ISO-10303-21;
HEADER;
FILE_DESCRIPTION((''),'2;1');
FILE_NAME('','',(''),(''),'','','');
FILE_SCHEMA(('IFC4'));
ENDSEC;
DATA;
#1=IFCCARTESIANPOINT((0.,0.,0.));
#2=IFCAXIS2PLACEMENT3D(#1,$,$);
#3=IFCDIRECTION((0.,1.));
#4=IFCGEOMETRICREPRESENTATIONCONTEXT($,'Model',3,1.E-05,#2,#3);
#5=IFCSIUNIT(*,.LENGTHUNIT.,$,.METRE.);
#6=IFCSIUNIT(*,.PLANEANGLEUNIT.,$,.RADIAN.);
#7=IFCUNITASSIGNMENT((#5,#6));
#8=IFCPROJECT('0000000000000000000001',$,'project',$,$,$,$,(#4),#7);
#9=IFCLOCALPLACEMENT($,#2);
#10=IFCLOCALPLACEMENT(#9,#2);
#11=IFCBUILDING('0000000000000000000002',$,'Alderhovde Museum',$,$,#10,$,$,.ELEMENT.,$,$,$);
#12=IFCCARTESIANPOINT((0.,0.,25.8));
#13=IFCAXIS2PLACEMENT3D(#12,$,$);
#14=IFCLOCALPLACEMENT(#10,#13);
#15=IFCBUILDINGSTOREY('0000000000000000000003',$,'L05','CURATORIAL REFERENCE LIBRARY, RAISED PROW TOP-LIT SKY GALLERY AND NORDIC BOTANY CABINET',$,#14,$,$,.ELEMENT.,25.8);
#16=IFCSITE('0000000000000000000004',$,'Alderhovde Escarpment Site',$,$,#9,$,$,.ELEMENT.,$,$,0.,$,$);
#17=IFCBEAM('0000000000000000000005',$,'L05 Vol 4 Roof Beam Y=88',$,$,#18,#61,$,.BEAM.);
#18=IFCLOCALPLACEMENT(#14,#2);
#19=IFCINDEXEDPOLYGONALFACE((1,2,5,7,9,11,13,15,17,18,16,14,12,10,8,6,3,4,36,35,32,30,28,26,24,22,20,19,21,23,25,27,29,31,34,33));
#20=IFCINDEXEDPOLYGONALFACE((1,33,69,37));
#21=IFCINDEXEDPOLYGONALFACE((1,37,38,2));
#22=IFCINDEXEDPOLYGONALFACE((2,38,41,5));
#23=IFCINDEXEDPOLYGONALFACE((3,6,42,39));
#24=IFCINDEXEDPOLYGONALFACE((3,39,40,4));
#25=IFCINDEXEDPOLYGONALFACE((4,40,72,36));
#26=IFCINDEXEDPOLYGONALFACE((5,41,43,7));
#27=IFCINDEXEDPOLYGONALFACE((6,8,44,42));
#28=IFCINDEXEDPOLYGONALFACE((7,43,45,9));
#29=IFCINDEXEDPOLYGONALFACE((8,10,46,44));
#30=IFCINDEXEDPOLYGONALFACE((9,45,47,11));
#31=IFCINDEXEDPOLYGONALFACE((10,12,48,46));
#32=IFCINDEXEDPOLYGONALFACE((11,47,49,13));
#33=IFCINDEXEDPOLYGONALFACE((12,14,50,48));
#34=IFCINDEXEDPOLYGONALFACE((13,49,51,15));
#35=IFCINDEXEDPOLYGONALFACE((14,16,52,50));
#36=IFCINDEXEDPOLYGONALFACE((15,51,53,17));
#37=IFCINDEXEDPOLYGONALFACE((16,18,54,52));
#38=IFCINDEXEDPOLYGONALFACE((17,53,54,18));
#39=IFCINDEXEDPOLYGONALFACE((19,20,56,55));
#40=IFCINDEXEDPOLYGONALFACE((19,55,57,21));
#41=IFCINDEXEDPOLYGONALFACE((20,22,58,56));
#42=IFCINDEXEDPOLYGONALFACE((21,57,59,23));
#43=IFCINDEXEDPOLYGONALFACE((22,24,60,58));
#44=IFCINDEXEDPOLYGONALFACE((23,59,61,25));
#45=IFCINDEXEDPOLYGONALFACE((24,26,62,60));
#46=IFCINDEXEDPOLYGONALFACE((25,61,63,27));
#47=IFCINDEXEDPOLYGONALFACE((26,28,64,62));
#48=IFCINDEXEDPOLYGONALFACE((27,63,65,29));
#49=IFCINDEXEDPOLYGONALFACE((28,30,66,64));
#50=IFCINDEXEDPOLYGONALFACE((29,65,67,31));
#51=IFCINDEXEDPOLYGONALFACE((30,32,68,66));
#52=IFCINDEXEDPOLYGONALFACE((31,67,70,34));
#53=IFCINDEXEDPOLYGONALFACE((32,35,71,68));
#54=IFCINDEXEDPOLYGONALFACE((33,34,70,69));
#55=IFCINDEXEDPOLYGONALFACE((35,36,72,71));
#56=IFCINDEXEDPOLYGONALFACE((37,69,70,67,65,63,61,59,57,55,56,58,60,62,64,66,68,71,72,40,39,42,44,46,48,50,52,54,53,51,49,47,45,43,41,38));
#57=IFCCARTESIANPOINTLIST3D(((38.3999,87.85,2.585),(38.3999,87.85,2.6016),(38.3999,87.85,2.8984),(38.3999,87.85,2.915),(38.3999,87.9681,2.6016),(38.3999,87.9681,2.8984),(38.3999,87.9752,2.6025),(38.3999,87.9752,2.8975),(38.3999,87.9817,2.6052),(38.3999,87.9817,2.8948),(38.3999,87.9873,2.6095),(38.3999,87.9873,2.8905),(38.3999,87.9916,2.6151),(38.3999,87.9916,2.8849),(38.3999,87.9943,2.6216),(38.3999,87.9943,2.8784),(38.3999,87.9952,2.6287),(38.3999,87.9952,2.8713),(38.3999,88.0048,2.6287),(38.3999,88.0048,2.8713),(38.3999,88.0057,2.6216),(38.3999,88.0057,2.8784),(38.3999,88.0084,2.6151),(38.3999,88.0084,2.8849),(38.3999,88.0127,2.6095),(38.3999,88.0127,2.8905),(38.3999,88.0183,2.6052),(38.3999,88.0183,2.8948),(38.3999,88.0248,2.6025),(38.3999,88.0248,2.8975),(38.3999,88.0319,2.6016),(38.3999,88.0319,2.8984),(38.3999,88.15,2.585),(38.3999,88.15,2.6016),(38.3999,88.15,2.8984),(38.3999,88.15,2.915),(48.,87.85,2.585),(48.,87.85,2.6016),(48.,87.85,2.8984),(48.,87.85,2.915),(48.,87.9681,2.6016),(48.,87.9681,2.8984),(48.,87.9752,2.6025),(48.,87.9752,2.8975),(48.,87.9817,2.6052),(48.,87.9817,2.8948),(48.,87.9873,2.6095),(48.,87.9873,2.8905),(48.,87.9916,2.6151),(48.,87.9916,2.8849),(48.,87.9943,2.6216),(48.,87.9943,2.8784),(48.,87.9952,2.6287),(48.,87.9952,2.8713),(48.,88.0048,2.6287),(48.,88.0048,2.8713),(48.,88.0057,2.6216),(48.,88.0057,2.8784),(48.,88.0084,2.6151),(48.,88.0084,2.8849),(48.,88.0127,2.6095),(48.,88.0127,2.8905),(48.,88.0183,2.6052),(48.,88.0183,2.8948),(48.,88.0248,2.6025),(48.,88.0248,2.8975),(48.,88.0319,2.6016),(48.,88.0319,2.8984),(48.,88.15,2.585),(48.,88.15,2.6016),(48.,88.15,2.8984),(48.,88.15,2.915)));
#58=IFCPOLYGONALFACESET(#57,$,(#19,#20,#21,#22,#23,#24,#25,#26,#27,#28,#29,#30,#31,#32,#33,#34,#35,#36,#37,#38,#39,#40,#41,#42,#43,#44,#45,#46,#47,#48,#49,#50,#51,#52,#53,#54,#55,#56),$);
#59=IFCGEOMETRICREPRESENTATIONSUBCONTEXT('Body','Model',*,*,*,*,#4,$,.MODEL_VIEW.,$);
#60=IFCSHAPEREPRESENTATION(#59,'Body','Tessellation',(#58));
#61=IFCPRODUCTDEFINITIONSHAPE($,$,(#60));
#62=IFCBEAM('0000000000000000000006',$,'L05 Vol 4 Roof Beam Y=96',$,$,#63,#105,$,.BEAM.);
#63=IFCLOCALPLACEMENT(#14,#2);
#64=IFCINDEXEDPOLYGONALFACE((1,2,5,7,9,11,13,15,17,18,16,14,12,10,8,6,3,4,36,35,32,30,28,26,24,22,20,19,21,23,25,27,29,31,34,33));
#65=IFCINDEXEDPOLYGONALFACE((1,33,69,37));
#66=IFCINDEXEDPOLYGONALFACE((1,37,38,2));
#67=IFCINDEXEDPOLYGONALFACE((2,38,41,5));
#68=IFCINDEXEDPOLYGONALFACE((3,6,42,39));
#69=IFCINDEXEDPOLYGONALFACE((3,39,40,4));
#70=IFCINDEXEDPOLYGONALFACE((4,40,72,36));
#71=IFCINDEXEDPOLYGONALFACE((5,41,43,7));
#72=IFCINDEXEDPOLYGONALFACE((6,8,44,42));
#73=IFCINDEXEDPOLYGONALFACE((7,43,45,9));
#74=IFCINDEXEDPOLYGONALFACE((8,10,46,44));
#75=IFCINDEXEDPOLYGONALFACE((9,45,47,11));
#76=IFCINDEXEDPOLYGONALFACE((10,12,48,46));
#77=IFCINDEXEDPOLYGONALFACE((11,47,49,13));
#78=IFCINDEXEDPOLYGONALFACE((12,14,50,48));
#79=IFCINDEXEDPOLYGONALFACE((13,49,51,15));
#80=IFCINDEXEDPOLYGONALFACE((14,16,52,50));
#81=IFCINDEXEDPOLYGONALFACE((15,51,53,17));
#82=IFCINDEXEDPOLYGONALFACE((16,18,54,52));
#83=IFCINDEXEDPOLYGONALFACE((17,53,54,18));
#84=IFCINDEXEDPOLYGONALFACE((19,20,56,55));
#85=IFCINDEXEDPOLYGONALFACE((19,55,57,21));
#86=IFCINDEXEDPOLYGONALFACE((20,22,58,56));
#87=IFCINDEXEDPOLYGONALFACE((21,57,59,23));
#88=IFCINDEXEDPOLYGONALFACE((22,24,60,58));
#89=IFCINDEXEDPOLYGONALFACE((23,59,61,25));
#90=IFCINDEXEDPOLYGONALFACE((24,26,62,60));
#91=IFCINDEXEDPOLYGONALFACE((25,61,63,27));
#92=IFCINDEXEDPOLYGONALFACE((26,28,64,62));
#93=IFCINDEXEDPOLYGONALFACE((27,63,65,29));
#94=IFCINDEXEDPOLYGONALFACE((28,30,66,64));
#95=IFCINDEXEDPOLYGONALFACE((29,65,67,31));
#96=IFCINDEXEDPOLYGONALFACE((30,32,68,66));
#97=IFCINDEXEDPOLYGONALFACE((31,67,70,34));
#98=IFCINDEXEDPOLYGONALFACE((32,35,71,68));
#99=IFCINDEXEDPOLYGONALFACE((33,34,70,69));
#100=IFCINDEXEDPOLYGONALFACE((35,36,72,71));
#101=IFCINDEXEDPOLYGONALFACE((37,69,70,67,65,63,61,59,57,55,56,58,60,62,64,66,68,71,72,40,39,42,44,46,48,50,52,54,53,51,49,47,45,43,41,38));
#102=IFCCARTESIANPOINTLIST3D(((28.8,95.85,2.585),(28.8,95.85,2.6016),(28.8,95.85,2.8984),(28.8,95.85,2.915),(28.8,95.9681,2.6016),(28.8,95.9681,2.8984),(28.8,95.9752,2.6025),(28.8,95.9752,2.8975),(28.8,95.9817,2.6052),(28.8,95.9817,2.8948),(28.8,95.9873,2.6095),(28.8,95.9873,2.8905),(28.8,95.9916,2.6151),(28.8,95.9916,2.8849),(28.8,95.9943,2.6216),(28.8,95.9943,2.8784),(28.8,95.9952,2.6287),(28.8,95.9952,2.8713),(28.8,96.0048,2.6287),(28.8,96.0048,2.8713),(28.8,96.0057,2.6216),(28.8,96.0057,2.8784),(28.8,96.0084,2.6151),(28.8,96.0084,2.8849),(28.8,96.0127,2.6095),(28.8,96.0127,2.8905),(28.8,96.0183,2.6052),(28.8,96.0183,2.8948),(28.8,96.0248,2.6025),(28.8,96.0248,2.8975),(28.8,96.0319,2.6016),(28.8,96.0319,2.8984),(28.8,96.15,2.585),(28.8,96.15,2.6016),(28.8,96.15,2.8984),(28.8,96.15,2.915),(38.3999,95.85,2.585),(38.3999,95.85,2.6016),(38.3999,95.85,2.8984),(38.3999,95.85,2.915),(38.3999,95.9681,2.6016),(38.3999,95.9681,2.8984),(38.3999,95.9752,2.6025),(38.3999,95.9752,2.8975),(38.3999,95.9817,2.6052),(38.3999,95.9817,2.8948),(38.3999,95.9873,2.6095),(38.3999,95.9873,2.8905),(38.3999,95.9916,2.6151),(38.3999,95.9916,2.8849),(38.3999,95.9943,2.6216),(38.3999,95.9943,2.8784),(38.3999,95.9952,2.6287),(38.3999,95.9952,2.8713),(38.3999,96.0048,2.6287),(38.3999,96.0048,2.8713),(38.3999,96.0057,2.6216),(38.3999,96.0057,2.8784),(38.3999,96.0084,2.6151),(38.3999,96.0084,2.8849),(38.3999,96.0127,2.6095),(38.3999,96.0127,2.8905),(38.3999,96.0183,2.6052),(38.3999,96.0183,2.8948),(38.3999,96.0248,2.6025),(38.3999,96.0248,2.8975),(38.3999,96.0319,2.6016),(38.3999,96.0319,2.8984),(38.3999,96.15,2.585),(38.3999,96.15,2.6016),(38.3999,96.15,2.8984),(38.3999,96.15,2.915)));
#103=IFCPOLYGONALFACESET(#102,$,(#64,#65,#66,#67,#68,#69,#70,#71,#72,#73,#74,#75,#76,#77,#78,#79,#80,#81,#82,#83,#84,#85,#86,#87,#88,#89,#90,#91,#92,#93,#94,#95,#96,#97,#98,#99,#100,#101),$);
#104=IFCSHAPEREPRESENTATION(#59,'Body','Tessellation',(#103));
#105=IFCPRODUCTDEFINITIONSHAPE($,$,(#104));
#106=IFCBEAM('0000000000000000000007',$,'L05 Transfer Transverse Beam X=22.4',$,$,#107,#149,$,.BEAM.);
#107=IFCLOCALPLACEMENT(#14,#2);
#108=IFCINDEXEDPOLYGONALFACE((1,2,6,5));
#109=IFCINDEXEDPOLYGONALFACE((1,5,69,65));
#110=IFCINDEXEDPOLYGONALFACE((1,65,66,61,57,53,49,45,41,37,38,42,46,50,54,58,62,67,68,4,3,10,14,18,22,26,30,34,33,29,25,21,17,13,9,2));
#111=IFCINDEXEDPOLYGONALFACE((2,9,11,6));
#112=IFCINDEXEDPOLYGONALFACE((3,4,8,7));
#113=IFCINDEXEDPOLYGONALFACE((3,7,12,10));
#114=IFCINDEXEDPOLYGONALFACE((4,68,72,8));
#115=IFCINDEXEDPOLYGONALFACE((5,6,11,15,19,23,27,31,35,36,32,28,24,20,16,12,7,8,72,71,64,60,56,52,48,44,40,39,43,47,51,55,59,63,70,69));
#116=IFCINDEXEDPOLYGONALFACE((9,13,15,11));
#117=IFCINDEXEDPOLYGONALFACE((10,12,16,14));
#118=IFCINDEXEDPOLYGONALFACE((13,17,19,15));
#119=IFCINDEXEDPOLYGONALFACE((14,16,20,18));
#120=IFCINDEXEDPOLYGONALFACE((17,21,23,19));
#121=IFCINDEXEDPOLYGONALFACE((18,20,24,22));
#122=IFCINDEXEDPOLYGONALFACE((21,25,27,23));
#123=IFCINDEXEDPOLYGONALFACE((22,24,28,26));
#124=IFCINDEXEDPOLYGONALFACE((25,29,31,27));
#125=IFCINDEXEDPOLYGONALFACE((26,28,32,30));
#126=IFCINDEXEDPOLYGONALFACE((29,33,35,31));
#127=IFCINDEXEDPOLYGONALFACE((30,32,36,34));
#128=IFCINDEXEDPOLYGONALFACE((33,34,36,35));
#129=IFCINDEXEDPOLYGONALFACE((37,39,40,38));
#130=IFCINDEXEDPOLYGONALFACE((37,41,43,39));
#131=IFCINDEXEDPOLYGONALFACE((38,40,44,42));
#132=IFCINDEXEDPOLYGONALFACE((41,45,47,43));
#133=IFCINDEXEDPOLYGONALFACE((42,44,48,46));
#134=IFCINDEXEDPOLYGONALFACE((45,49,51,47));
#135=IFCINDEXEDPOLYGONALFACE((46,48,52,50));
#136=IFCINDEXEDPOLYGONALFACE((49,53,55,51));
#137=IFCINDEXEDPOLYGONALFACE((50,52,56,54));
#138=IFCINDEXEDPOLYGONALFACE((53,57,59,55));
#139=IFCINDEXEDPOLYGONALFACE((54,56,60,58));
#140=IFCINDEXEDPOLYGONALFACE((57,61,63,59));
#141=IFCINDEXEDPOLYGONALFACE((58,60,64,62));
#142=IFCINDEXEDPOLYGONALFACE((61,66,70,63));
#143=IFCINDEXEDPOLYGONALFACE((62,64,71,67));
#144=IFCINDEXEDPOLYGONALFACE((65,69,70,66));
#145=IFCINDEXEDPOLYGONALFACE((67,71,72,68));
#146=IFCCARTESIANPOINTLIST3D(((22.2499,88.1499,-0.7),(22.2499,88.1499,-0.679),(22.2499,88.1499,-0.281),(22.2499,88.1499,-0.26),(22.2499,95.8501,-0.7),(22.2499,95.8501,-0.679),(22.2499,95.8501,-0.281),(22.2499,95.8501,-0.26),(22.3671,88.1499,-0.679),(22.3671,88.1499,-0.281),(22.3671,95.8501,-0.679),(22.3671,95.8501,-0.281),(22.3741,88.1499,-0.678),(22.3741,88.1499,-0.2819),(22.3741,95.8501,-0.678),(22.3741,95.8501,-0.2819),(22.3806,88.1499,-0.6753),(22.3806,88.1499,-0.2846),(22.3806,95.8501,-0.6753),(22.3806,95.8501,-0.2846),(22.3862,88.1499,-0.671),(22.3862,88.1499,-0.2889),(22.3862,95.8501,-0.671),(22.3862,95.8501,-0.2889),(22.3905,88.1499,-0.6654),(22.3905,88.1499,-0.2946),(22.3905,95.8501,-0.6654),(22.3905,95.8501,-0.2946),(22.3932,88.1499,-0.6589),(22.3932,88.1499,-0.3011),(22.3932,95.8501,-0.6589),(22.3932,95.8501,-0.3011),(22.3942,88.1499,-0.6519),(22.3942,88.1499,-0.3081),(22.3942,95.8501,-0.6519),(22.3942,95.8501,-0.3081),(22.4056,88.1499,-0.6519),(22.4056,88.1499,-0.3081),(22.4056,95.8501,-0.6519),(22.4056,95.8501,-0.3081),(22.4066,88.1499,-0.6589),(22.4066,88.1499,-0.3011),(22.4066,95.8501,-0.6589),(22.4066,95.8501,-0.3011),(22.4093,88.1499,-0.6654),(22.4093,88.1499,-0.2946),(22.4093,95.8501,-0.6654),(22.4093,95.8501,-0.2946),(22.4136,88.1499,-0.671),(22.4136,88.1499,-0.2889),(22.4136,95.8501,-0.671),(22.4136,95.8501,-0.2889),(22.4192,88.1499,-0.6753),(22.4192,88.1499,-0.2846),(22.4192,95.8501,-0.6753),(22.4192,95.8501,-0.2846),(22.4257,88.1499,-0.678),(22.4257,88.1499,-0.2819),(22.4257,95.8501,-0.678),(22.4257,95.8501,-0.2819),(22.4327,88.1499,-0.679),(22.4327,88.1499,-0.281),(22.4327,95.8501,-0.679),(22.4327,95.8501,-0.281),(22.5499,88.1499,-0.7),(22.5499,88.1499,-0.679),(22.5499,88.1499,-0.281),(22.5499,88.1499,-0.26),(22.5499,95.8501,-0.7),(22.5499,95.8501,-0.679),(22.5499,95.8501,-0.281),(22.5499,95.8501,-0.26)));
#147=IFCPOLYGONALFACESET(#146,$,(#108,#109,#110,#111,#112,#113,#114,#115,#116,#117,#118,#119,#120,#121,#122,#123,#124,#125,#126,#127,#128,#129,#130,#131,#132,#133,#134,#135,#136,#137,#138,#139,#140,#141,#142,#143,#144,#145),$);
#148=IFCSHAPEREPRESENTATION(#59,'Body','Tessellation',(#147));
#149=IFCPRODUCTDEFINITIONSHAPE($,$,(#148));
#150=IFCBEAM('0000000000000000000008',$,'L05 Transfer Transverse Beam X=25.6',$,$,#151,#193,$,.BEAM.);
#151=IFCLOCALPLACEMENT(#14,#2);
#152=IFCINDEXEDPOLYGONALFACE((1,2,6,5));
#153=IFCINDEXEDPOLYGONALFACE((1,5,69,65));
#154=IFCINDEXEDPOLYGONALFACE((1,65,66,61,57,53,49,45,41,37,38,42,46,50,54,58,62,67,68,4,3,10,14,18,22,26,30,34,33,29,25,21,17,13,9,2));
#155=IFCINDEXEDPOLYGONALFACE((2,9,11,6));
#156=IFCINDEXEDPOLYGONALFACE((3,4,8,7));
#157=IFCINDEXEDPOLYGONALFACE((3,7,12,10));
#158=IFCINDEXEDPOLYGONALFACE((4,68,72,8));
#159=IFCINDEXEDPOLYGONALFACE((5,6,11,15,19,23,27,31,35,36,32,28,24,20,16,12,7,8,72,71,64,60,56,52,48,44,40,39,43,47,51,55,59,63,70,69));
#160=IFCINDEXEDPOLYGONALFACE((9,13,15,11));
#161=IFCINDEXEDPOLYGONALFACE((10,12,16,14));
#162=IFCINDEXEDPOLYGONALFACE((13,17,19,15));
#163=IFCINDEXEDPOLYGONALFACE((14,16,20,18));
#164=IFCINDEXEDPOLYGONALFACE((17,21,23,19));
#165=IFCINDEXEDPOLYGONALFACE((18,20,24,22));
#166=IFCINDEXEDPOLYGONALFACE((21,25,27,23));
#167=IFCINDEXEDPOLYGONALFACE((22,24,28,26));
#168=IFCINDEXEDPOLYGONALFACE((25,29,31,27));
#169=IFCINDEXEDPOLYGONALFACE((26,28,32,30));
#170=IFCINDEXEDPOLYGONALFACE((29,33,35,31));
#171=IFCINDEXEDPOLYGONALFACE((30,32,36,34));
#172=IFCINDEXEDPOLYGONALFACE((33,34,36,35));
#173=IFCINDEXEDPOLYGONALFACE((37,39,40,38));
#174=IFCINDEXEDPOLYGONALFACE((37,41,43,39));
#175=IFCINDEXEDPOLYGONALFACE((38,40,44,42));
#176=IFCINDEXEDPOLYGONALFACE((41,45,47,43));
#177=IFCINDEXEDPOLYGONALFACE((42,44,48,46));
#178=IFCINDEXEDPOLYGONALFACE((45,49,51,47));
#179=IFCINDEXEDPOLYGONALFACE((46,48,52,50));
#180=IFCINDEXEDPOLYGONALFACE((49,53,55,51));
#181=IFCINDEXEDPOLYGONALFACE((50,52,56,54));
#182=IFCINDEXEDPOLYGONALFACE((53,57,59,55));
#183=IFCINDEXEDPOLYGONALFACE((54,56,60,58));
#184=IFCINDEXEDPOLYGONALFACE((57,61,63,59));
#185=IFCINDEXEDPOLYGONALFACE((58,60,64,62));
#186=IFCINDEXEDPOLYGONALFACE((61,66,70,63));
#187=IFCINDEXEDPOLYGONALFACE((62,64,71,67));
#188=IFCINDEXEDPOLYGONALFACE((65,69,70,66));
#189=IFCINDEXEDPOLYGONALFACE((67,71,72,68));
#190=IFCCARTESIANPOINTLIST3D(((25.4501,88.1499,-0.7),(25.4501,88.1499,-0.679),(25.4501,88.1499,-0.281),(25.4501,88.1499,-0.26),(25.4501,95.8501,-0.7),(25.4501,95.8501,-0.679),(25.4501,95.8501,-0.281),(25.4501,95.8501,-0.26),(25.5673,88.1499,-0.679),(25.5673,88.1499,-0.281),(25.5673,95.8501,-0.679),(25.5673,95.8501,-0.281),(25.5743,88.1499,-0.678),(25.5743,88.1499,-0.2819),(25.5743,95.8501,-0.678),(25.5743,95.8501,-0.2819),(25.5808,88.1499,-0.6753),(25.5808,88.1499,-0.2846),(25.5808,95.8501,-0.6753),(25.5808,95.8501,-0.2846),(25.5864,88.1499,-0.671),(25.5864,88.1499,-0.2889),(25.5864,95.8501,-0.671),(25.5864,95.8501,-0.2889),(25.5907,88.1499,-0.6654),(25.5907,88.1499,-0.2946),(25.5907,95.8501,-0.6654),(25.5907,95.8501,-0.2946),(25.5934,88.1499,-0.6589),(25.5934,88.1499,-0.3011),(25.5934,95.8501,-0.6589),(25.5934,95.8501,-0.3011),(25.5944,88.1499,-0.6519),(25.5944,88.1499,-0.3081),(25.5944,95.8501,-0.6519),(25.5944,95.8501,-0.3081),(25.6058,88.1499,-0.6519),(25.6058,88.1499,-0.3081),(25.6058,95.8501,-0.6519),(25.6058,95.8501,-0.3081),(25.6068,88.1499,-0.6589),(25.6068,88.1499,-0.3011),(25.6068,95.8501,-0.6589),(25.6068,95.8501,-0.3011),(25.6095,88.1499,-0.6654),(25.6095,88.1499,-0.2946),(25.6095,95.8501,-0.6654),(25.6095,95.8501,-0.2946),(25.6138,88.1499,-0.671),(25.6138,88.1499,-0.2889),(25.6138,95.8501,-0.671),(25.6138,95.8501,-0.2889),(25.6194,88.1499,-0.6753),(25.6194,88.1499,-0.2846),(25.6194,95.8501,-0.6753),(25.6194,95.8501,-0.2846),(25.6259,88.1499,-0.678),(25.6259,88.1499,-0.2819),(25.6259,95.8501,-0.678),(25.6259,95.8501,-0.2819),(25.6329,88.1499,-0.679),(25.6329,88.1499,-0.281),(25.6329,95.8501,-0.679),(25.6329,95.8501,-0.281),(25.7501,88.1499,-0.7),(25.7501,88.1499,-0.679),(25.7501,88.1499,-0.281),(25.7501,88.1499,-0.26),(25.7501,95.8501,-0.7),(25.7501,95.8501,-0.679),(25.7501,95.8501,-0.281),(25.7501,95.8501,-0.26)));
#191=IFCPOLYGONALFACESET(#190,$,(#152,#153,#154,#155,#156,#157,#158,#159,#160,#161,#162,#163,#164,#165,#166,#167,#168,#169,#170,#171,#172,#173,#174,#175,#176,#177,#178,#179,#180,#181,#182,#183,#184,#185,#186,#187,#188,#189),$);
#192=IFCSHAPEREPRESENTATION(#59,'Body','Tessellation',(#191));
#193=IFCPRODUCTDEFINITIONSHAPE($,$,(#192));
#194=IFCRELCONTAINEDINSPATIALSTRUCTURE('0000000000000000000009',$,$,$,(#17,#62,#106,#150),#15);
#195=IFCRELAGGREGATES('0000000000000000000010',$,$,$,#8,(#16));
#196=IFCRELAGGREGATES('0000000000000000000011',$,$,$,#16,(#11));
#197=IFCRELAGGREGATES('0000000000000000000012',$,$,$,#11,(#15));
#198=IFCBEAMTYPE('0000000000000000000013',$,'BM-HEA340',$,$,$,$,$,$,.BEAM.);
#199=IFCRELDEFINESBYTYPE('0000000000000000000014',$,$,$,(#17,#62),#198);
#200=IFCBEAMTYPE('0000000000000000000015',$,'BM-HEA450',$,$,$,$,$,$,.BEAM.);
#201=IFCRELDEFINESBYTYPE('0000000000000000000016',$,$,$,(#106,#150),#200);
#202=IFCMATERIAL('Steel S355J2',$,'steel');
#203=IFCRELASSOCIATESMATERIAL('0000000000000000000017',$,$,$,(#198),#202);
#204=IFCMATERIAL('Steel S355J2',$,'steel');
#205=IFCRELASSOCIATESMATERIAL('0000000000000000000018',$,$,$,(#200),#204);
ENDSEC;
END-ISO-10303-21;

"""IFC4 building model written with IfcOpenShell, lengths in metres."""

from ifc_helpers import new_model, si_unit, direction, frame, origin, origin_2d, place, context, subcontext, project, spatial, i_section, extrude, material, material_profile, profile_set, type_object, element, save


model = new_model("IFC4")

# Units and contexts
model_context = context("Model", 3, precision=1e-05, world=origin(), true_north=direction((0.0, 1.0)))
body_context = subcontext(model_context, "Body", "Model", "MODEL_VIEW")
ifc_project = project(units=[si_unit("LENGTHUNIT", "METRE"), si_unit("PLANEANGLEUNIT", "RADIAN")], contexts=[model_context])

# Site, building, storey
site_placement = place(None, origin())
site = spatial("IfcSite", under=ifc_project, at=site_placement, Name="Alderhovde Escarpment Site", CompositionType="ELEMENT", RefElevation=0.0)
building_placement = place(site_placement, origin())
building = spatial("IfcBuilding", under=site, at=building_placement, Name="Alderhovde Museum", CompositionType="ELEMENT")
storey_placement = place(building_placement, frame((0.0, 0.0, 25.8)))
storey = spatial("IfcBuildingStorey", under=building, at=storey_placement, Name="L05", Description="CURATORIAL REFERENCE LIBRARY, RAISED PROW TOP-LIT SKY GALLERY AND NORDIC BOTANY CABINET", CompositionType="ELEMENT", Elevation=25.8)

# Beams
ifc_material_1 = material(Name="Steel S355J2", Category="steel")
ifc_material_profile_1 = material_profile(ifc_material_1, i_section(OverallWidth=0.3, OverallDepth=0.3301, WebThickness=0.0095, FlangeThickness=0.0166, FilletRadius=0.0271, at=origin_2d()), Name="HEA 340")
ifc_profile_set_1 = profile_set([ifc_material_profile_1], Name="Steel S355J2")
beam_type_1 = type_object("IfcBeamType", Name="BM-HEA340", PredefinedType="BEAM", material=ifc_profile_set_1)
beam_1_placement = place(storey_placement, frame((38.3999, 88.0, 2.75), z_axis=(1.0, 0.0, 0.0), x_axis=(0.0, 1.0, 0.0)))
element("IfcBeam", 1, at=beam_1_placement, inside=storey, type_object=beam_type_1, Name="L05 Vol 4 Roof Beam Y=88", PredefinedType="BEAM", context=body_context, shape_type="SweptSolid", body=[
    extrude(i_section(OverallWidth=0.3, OverallDepth=0.3301, WebThickness=0.0095, FlangeThickness=0.0166, FilletRadius=0.0271, at=origin_2d()), origin(), (0.0, 0.0, 1.0), 9.6001),
])
beam_2_placement = place(storey_placement, frame((28.8, 96.0, 2.75), z_axis=(1.0, 0.0, 0.0), x_axis=(0.0, 1.0, 0.0)))
element("IfcBeam", 2, at=beam_2_placement, inside=storey, type_object=beam_type_1, Name="L05 Vol 4 Roof Beam Y=96", PredefinedType="BEAM", context=body_context, shape_type="SweptSolid", body=[
    extrude(i_section(OverallWidth=0.3, OverallDepth=0.3301, WebThickness=0.0095, FlangeThickness=0.0166, FilletRadius=0.0271, at=origin_2d()), origin(), (0.0, 0.0, 1.0), 9.5999),
])
ifc_material_2 = material(Name="Steel S355J2", Category="steel")
ifc_material_profile_2 = material_profile(ifc_material_2, i_section(OverallWidth=0.3, OverallDepth=0.4399, WebThickness=0.0115, FlangeThickness=0.021, FilletRadius=0.0271, at=origin_2d()), Name="HEA 450")
ifc_profile_set_2 = profile_set([ifc_material_profile_2], Name="Steel S355J2")
beam_type_2 = type_object("IfcBeamType", Name="BM-HEA450", PredefinedType="BEAM", material=ifc_profile_set_2)
for number, where, z_axis, x_axis, name in (
    (3, (22.3999, 88.1499, -0.48), (0.0, 1.0, 0.0), (-1.0, 0.0, 0.0), "L05 Transfer Transverse Beam X=22.4"),
    (4, (25.6001, 88.1499, -0.48), (0.0, 1.0, 0.0), (-1.0, 0.0, 0.0), "L05 Transfer Transverse Beam X=25.6"),
):
    element("IfcBeam", number, at=place(storey_placement, frame(where, z_axis=z_axis, x_axis=x_axis)), inside=storey, type_object=beam_type_2, Name=name, PredefinedType="BEAM", context=body_context, shape_type="SweptSolid", body=[
        extrude(i_section(OverallWidth=0.3, OverallDepth=0.4399, WebThickness=0.0115, FlangeThickness=0.021, FilletRadius=0.0271, at=origin_2d()), origin(), (0.0, 0.0, 1.0), 7.7002),
    ])

save(model, "model.ifc")
